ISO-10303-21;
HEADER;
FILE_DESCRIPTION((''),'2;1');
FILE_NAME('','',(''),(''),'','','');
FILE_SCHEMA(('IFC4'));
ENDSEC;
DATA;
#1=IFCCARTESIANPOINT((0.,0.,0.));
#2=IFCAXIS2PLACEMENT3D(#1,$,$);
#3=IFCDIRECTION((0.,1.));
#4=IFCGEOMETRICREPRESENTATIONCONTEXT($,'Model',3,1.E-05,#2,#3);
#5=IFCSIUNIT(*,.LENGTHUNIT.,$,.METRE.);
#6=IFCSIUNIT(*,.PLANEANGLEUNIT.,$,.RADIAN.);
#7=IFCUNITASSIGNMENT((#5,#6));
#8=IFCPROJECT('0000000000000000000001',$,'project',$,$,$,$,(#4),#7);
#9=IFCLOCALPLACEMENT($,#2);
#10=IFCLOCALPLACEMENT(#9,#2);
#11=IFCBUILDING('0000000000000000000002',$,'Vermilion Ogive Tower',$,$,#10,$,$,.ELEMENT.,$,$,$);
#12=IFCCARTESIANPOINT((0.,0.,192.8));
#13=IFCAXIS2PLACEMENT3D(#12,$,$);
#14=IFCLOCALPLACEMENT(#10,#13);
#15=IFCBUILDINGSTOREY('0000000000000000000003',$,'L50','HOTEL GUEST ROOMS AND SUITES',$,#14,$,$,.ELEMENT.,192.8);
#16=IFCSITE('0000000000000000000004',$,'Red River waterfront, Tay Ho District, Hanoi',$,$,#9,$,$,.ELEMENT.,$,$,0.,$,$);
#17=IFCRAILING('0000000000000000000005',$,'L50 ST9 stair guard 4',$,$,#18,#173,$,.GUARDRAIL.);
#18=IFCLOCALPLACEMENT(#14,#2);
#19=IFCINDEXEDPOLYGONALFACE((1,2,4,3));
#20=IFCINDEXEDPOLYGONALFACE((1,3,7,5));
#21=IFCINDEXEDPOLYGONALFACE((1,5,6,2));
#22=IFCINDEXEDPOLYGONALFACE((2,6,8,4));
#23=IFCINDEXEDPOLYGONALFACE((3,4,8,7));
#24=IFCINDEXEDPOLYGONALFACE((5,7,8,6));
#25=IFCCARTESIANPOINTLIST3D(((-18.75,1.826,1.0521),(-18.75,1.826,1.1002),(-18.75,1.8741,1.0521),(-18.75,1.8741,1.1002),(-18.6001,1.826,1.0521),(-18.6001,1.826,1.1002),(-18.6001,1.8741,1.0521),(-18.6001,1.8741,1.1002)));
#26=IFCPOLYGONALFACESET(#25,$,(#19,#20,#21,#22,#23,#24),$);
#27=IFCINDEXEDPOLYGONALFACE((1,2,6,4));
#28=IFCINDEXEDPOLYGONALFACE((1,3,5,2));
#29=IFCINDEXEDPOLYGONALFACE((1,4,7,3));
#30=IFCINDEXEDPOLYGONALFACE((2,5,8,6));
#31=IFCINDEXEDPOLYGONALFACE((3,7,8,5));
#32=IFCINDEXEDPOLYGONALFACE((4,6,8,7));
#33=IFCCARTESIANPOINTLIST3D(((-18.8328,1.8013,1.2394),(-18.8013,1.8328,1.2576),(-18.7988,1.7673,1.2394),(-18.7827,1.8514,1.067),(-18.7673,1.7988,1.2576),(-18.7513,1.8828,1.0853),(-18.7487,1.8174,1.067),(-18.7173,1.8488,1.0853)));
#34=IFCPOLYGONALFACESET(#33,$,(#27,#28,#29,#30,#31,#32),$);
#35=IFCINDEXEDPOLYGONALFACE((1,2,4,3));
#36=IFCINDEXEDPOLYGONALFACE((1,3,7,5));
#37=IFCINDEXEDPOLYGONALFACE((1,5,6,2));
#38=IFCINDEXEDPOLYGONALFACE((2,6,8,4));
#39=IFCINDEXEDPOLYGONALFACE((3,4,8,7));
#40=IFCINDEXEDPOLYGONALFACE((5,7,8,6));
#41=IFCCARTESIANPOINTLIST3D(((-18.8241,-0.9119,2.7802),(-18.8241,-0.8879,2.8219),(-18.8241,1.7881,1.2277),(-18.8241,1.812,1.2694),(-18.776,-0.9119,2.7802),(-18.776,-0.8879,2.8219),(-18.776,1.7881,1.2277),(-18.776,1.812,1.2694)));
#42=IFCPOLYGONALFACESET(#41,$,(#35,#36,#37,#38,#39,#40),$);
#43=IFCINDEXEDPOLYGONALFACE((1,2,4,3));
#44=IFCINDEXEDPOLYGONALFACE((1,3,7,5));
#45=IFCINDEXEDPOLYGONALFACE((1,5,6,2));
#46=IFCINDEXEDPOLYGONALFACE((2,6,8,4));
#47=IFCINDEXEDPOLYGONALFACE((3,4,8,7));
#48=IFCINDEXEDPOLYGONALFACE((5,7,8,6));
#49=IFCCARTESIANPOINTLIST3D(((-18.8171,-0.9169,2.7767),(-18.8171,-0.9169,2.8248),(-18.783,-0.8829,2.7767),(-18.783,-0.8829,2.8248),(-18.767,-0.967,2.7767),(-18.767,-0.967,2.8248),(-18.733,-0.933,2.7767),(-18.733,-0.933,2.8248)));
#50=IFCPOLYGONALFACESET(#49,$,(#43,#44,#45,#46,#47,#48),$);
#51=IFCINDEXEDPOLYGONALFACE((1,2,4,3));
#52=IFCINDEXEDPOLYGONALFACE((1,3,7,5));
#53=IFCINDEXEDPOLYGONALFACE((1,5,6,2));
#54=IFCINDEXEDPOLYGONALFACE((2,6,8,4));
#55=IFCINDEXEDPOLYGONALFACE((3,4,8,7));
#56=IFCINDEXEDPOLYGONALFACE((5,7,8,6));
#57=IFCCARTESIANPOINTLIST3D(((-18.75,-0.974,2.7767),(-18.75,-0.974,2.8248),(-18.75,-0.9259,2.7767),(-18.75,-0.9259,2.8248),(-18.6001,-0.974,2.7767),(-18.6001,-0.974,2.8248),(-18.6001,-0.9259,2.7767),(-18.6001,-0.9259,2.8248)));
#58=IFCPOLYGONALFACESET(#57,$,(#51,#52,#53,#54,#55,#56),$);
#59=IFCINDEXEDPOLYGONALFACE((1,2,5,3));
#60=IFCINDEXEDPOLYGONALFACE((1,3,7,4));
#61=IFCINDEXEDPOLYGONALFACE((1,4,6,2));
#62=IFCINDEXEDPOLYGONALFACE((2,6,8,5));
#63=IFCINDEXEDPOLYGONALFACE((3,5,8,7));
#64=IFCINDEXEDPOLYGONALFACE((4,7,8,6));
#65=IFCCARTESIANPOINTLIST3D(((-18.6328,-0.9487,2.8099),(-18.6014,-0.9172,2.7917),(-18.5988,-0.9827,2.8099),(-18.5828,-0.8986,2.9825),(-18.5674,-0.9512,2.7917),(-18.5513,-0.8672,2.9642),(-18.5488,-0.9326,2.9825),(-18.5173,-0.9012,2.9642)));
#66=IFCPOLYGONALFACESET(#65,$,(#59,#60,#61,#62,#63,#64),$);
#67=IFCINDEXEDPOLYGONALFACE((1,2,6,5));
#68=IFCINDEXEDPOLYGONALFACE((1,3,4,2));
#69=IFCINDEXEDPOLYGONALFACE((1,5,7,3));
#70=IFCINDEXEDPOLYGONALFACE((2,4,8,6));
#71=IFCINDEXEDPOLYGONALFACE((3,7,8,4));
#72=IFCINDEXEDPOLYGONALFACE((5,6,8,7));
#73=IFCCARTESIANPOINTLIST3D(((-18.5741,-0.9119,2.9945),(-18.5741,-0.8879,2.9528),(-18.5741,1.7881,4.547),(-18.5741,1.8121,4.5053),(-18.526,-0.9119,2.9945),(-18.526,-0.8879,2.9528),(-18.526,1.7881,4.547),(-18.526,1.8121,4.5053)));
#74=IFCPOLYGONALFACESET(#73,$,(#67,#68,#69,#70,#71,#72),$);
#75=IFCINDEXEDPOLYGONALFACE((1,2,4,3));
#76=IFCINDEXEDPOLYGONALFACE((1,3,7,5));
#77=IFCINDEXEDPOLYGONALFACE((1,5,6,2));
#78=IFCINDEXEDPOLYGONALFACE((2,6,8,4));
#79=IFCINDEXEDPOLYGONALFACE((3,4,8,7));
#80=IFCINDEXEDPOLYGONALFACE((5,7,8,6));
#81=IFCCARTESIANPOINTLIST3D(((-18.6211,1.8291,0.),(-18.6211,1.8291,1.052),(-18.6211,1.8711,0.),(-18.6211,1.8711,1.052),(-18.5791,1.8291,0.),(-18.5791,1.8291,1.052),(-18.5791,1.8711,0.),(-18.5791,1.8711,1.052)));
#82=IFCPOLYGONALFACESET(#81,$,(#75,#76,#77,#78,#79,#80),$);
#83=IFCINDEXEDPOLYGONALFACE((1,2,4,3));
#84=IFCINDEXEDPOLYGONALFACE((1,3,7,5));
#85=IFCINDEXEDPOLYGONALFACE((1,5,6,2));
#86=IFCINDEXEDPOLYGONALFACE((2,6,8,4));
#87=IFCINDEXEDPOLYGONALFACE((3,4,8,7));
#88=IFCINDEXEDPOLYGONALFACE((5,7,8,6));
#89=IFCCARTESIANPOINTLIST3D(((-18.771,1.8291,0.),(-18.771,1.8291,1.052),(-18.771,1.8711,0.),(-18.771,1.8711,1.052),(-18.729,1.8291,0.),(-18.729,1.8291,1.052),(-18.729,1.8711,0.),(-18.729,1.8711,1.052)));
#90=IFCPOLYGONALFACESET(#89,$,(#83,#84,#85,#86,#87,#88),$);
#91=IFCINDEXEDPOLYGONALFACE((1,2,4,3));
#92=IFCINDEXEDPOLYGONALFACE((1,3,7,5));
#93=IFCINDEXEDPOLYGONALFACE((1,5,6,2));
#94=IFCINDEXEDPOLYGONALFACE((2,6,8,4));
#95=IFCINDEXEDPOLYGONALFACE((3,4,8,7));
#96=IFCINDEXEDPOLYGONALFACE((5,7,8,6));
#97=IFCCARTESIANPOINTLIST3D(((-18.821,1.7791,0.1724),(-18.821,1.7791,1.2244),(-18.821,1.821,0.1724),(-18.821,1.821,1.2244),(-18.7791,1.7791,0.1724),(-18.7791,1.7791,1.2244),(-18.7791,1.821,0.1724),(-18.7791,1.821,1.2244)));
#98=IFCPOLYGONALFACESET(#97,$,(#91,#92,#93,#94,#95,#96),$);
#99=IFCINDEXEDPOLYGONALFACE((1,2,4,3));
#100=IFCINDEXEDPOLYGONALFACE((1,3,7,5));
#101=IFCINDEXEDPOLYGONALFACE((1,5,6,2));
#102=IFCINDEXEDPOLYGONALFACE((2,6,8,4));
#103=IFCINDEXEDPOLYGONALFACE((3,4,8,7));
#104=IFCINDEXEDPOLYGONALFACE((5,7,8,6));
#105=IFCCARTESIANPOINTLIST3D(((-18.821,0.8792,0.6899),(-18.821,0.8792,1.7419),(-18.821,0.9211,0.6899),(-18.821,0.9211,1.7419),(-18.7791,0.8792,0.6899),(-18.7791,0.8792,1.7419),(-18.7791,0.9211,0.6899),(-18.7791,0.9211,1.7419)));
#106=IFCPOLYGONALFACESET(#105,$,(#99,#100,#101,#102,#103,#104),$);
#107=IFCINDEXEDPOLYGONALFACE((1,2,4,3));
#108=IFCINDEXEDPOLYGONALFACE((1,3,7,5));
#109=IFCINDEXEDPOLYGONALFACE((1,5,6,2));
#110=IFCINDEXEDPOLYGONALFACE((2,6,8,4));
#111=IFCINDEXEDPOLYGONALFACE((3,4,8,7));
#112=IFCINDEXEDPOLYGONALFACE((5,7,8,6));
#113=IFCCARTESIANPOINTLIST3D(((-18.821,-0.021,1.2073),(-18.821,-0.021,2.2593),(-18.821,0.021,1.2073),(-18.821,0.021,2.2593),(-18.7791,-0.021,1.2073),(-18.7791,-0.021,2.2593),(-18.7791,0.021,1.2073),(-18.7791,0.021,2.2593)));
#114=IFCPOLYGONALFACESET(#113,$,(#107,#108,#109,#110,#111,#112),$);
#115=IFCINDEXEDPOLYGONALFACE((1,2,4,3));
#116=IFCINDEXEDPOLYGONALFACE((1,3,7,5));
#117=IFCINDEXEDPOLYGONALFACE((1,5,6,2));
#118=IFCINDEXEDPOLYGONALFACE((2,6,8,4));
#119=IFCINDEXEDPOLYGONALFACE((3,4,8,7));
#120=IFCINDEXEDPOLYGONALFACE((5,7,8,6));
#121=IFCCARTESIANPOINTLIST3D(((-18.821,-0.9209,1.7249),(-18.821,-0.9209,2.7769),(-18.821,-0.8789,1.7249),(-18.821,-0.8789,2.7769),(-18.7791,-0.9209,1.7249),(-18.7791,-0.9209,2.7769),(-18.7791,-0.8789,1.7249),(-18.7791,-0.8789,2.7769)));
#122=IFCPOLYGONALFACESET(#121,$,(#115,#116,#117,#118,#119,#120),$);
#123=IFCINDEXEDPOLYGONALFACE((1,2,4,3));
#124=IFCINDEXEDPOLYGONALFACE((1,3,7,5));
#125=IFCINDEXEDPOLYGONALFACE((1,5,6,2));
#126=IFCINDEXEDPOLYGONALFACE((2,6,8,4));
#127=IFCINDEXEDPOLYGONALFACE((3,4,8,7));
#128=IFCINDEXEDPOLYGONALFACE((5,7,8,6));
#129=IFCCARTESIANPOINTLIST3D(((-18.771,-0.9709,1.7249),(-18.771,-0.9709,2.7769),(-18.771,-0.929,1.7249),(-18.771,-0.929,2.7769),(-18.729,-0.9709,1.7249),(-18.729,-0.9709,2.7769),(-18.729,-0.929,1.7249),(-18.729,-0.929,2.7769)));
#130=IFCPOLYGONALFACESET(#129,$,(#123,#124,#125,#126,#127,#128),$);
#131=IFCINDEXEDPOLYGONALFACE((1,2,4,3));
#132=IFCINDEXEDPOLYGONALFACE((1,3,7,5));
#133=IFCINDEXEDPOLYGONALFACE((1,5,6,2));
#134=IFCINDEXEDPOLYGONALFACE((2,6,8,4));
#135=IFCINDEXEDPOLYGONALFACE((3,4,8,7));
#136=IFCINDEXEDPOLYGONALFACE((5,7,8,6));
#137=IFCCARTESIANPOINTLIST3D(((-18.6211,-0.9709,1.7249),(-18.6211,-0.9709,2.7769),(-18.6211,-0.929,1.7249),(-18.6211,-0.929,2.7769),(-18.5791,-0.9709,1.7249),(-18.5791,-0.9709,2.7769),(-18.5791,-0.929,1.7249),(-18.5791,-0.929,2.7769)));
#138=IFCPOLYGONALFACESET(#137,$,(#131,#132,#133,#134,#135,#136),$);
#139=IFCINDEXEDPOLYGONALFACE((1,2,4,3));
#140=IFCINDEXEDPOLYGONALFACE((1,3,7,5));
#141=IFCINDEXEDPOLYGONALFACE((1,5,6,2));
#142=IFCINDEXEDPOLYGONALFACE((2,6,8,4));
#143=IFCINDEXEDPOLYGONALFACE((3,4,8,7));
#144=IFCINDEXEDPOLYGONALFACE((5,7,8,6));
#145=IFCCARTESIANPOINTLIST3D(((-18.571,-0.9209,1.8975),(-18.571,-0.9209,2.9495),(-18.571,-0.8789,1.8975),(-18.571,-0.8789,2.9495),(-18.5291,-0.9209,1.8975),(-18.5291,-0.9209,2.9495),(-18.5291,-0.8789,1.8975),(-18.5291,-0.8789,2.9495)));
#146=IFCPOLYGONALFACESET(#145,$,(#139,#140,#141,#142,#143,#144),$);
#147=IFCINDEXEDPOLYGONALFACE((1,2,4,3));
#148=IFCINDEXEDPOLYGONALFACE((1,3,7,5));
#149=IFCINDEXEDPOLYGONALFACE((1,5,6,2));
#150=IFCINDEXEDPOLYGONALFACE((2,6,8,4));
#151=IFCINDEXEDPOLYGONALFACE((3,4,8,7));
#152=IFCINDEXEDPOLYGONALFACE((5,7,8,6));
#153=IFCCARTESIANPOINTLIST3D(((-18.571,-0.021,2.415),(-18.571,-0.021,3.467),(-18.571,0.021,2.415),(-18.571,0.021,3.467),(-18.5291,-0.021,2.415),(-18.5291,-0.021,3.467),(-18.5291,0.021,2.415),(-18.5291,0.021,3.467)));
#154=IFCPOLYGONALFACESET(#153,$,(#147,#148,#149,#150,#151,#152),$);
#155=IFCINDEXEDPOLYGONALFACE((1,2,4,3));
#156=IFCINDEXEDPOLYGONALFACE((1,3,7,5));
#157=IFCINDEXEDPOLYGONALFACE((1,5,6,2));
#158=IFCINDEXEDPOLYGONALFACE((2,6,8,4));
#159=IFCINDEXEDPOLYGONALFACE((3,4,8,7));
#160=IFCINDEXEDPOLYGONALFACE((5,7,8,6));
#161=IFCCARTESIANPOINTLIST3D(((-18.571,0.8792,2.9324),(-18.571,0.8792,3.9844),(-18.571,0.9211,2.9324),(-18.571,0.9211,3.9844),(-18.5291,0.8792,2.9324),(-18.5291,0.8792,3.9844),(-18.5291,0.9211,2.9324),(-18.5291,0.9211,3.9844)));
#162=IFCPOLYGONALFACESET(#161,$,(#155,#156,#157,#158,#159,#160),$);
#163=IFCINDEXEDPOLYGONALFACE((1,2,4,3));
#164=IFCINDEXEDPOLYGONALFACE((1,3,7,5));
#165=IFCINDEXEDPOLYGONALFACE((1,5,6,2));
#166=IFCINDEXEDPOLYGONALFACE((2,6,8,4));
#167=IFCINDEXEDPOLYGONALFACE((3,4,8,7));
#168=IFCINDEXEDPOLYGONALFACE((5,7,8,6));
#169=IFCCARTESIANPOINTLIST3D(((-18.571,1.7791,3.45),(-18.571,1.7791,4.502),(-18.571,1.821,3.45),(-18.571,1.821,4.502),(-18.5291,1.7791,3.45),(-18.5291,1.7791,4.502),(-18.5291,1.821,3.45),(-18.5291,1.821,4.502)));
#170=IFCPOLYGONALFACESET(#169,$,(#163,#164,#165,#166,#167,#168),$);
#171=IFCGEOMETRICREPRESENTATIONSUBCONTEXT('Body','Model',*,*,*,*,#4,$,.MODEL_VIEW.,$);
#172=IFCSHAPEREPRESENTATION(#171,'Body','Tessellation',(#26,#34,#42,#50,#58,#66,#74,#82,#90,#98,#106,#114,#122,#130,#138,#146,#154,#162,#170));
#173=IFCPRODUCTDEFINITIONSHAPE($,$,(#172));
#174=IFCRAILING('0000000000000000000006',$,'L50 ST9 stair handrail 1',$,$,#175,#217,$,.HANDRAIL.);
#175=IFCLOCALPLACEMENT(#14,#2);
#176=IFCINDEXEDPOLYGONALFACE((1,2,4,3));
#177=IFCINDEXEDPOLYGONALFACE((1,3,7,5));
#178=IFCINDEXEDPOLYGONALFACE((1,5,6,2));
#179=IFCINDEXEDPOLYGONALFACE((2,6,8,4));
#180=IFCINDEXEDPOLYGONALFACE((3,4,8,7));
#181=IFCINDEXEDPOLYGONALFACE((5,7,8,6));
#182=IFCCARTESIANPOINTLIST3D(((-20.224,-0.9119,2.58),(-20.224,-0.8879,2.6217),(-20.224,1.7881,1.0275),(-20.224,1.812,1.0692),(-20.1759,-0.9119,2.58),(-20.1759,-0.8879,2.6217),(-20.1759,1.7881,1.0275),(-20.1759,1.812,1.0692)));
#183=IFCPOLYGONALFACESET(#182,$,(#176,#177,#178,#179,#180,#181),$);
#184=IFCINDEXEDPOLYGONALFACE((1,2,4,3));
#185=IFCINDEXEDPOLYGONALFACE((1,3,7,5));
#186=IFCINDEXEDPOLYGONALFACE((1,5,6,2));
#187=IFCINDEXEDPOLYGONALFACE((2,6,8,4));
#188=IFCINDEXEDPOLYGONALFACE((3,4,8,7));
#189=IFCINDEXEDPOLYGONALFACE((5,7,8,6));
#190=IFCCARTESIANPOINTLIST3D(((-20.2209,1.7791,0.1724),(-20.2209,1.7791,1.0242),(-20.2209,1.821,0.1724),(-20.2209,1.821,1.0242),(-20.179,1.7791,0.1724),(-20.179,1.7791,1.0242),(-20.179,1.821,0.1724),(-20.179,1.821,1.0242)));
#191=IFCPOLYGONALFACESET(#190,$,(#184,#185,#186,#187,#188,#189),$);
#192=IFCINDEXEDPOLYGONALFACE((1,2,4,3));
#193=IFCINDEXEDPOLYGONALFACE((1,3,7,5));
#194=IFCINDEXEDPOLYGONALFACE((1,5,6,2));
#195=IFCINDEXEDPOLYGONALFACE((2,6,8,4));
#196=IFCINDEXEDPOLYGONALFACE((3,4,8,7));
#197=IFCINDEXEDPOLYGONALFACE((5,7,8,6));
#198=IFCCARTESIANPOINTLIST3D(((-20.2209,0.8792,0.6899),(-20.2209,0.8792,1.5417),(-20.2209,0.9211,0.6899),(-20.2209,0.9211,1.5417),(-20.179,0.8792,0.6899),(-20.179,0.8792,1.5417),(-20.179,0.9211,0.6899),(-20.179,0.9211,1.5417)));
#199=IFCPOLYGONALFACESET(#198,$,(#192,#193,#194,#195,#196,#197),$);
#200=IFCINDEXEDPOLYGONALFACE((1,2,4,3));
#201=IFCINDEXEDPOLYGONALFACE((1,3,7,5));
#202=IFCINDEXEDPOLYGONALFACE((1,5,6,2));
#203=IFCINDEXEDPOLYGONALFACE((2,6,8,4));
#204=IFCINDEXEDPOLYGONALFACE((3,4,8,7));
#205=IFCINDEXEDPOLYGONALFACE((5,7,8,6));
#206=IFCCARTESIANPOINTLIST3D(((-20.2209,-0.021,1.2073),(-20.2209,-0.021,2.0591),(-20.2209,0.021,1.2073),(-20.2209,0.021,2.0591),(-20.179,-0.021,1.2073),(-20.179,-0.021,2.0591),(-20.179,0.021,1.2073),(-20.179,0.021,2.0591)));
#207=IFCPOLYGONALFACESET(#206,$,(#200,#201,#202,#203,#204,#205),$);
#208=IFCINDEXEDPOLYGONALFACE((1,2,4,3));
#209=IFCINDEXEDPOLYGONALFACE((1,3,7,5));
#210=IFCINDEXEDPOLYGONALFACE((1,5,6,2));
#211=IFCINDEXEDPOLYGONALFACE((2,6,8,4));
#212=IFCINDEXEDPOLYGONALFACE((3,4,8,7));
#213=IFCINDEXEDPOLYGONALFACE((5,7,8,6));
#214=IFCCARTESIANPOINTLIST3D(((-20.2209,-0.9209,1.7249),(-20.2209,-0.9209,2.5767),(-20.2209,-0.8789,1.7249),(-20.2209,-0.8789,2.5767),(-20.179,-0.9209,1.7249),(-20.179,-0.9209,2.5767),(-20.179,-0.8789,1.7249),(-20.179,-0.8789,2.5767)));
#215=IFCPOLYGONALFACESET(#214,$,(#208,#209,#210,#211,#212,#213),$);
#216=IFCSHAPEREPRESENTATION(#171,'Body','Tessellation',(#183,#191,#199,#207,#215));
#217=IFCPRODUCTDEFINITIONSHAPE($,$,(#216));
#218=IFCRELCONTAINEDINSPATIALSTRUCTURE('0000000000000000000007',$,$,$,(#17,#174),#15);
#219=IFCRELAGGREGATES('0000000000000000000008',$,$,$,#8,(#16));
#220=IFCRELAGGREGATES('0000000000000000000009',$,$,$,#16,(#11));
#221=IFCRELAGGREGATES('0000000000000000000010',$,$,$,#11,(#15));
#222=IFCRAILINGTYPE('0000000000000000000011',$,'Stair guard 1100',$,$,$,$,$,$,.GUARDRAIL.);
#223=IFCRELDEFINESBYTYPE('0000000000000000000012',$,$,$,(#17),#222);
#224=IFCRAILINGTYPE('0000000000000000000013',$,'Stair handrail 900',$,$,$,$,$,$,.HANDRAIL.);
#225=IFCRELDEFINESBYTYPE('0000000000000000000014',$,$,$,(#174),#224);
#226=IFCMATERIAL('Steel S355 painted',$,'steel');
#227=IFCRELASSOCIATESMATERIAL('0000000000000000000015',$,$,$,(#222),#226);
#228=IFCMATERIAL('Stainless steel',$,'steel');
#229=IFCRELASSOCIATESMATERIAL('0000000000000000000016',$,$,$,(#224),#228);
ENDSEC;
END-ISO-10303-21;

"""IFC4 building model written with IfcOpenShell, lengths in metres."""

from ifc_helpers import new_model, si_unit, direction, frame, origin, origin_2d, place, context, subcontext, project, spatial, rectangle, extrude, material, type_object, element, save


model = new_model("IFC4")

# Units and contexts
model_context = context("Model", 3, precision=1e-05, world=origin(), true_north=direction((0.0, 1.0)))
body_context = subcontext(model_context, "Body", "Model", "MODEL_VIEW")
ifc_project = project(units=[si_unit("LENGTHUNIT", "METRE"), si_unit("PLANEANGLEUNIT", "RADIAN")], contexts=[model_context])

# Site, building, storey
site_placement = place(None, origin())
site = spatial("IfcSite", under=ifc_project, at=site_placement, Name="Red River waterfront, Tay Ho District, Hanoi", CompositionType="ELEMENT", RefElevation=0.0)
building_placement = place(site_placement, origin())
building = spatial("IfcBuilding", under=site, at=building_placement, Name="Vermilion Ogive Tower", CompositionType="ELEMENT")
storey_placement = place(building_placement, frame((0.0, 0.0, 192.8)))
storey = spatial("IfcBuildingStorey", under=building, at=storey_placement, Name="L50", Description="HOTEL GUEST ROOMS AND SUITES", CompositionType="ELEMENT", Elevation=192.8)

# Railings
ifc_material_1 = material(Name="Steel S355 painted", Category="steel")
railing_type_1 = type_object("IfcRailingType", Name="Stair guard 1100", PredefinedType="GUARDRAIL", material=ifc_material_1)
railing_1_placement = place(storey_placement, frame((-18.6001, 1.8501, 0.0)))
element("IfcRailing", 1, at=railing_1_placement, inside=storey, type_object=railing_type_1, Name="L50 ST9 stair guard 4", PredefinedType="GUARDRAIL", context=body_context, shape_type="SweptSolid", body=[
    extrude(rectangle(XDim=0.0481, YDim=0.0481, at=origin_2d()), frame((0.0, 0.0, 1.0762), z_axis=(-1.0, 0.0, 0.0), x_axis=(0.0, -1.0, 0.0)), (0.0, 0.0, 1.0), 0.1499),
    extrude(rectangle(XDim=0.0481, YDim=0.0481, at=origin_2d()), frame((-0.1499, 0.0, 1.0762), z_axis=(-0.268603, -0.268603, 0.925043), x_axis=(0.707107, -0.707107, 0.0)), (0.0, 0.0, 1.0), 0.1863),
    extrude(rectangle(XDim=0.0481, YDim=0.0481, at=origin_2d()), frame((-0.2, -0.05, 1.2485), z_axis=(0.0, -0.866904, 0.498476), x_axis=(1.0, 0.0, 0.0)), (0.0, 0.0, 1.0), 3.1145),
    extrude(rectangle(XDim=0.0481, YDim=0.0481, at=origin_2d()), frame((-0.2, -2.75, 2.8008), z_axis=(0.707107, -0.707107, 0.0), x_axis=(0.707107, 0.707107, 0.0)), (0.0, 0.0, 1.0), 0.0708),
    extrude(rectangle(XDim=0.0481, YDim=0.0481, at=origin_2d()), frame((-0.1499, -2.8, 2.8008), z_axis=(1.0, 0.0, 0.0), x_axis=(0.0, 1.0, 0.0)), (0.0, 0.0, 1.0), 0.1499),
    extrude(rectangle(XDim=0.0481, YDim=0.0481, at=origin_2d()), frame((0.0, -2.8, 2.8008), z_axis=(0.268278, 0.268278, 0.925232), x_axis=(-0.707107, 0.707107, 0.0)), (0.0, 0.0, 1.0), 0.1865),
    extrude(rectangle(XDim=0.0481, YDim=0.0481, at=origin_2d()), frame((0.05, -2.75, 2.9736), z_axis=(0.0, 0.866904, 0.498476), x_axis=(-1.0, 0.0, 0.0)), (0.0, 0.0, 1.0), 3.1145),
    extrude(rectangle(XDim=0.042, YDim=0.042, at=origin_2d()), origin(), (0.0, 0.0, 1.0), 1.052),
    extrude(rectangle(XDim=0.042, YDim=0.042, at=origin_2d()), frame((-0.1499, 0.0, 0.0)), (0.0, 0.0, 1.0), 1.052),
    extrude(rectangle(XDim=0.042, YDim=0.042, at=origin_2d()), frame((-0.2, -0.05, 0.1724)), (0.0, 0.0, 1.0), 1.052),
    extrude(rectangle(XDim=0.042, YDim=0.042, at=origin_2d()), frame((-0.2, -0.95, 0.6899)), (0.0, 0.0, 1.0), 1.052),
    extrude(rectangle(XDim=0.042, YDim=0.042, at=origin_2d()), frame((-0.2, -1.8501, 1.2073)), (0.0, 0.0, 1.0), 1.052),
    extrude(rectangle(XDim=0.042, YDim=0.042, at=origin_2d()), frame((-0.2, -2.75, 1.7249)), (0.0, 0.0, 1.0), 1.052),
    extrude(rectangle(XDim=0.042, YDim=0.042, at=origin_2d()), frame((-0.1499, -2.8, 1.7249)), (0.0, 0.0, 1.0), 1.052),
    extrude(rectangle(XDim=0.042, YDim=0.042, at=origin_2d()), frame((0.0, -2.8, 1.7249)), (0.0, 0.0, 1.0), 1.052),
    extrude(rectangle(XDim=0.042, YDim=0.042, at=origin_2d()), frame((0.05, -2.75, 1.8975)), (0.0, 0.0, 1.0), 1.052),
    extrude(rectangle(XDim=0.042, YDim=0.042, at=origin_2d()), frame((0.05, -1.8501, 2.415)), (0.0, 0.0, 1.0), 1.052),
    extrude(rectangle(XDim=0.042, YDim=0.042, at=origin_2d()), frame((0.05, -0.95, 2.9324)), (0.0, 0.0, 1.0), 1.052),
    extrude(rectangle(XDim=0.042, YDim=0.042, at=origin_2d()), frame((0.05, -0.05, 3.45)), (0.0, 0.0, 1.0), 1.052),
])
ifc_material_2 = material(Name="Stainless steel", Category="steel")
railing_type_2 = type_object("IfcRailingType", Name="Stair handrail 900", PredefinedType="HANDRAIL", material=ifc_material_2)
railing_2_placement = place(storey_placement, frame((-20.2, 1.8, 0.1724)))
element("IfcRailing", 2, at=railing_2_placement, inside=storey, type_object=railing_type_2, Name="L50 ST9 stair handrail 1", PredefinedType="HANDRAIL", context=body_context, shape_type="SweptSolid", body=[
    extrude(rectangle(XDim=0.0481, YDim=0.0481, at=origin_2d()), frame((0.0, 0.0, 0.876), z_axis=(0.0, -0.866904, 0.498476), x_axis=(1.0, 0.0, 0.0)), (0.0, 0.0, 1.0), 3.1145),
    extrude(rectangle(XDim=0.042, YDim=0.042, at=origin_2d()), origin(), (0.0, 0.0, 1.0), 0.8518),
    extrude(rectangle(XDim=0.042, YDim=0.042, at=origin_2d()), frame((0.0, -0.8999, 0.5176)), (0.0, 0.0, 1.0), 0.8518),
    extrude(rectangle(XDim=0.042, YDim=0.042, at=origin_2d()), frame((0.0, -1.8, 1.0349)), (0.0, 0.0, 1.0), 0.8518),
    extrude(rectangle(XDim=0.042, YDim=0.042, at=origin_2d()), frame((0.0, -2.7, 1.5525)), (0.0, 0.0, 1.0), 0.8518),
])

save(model, "model.ifc")
